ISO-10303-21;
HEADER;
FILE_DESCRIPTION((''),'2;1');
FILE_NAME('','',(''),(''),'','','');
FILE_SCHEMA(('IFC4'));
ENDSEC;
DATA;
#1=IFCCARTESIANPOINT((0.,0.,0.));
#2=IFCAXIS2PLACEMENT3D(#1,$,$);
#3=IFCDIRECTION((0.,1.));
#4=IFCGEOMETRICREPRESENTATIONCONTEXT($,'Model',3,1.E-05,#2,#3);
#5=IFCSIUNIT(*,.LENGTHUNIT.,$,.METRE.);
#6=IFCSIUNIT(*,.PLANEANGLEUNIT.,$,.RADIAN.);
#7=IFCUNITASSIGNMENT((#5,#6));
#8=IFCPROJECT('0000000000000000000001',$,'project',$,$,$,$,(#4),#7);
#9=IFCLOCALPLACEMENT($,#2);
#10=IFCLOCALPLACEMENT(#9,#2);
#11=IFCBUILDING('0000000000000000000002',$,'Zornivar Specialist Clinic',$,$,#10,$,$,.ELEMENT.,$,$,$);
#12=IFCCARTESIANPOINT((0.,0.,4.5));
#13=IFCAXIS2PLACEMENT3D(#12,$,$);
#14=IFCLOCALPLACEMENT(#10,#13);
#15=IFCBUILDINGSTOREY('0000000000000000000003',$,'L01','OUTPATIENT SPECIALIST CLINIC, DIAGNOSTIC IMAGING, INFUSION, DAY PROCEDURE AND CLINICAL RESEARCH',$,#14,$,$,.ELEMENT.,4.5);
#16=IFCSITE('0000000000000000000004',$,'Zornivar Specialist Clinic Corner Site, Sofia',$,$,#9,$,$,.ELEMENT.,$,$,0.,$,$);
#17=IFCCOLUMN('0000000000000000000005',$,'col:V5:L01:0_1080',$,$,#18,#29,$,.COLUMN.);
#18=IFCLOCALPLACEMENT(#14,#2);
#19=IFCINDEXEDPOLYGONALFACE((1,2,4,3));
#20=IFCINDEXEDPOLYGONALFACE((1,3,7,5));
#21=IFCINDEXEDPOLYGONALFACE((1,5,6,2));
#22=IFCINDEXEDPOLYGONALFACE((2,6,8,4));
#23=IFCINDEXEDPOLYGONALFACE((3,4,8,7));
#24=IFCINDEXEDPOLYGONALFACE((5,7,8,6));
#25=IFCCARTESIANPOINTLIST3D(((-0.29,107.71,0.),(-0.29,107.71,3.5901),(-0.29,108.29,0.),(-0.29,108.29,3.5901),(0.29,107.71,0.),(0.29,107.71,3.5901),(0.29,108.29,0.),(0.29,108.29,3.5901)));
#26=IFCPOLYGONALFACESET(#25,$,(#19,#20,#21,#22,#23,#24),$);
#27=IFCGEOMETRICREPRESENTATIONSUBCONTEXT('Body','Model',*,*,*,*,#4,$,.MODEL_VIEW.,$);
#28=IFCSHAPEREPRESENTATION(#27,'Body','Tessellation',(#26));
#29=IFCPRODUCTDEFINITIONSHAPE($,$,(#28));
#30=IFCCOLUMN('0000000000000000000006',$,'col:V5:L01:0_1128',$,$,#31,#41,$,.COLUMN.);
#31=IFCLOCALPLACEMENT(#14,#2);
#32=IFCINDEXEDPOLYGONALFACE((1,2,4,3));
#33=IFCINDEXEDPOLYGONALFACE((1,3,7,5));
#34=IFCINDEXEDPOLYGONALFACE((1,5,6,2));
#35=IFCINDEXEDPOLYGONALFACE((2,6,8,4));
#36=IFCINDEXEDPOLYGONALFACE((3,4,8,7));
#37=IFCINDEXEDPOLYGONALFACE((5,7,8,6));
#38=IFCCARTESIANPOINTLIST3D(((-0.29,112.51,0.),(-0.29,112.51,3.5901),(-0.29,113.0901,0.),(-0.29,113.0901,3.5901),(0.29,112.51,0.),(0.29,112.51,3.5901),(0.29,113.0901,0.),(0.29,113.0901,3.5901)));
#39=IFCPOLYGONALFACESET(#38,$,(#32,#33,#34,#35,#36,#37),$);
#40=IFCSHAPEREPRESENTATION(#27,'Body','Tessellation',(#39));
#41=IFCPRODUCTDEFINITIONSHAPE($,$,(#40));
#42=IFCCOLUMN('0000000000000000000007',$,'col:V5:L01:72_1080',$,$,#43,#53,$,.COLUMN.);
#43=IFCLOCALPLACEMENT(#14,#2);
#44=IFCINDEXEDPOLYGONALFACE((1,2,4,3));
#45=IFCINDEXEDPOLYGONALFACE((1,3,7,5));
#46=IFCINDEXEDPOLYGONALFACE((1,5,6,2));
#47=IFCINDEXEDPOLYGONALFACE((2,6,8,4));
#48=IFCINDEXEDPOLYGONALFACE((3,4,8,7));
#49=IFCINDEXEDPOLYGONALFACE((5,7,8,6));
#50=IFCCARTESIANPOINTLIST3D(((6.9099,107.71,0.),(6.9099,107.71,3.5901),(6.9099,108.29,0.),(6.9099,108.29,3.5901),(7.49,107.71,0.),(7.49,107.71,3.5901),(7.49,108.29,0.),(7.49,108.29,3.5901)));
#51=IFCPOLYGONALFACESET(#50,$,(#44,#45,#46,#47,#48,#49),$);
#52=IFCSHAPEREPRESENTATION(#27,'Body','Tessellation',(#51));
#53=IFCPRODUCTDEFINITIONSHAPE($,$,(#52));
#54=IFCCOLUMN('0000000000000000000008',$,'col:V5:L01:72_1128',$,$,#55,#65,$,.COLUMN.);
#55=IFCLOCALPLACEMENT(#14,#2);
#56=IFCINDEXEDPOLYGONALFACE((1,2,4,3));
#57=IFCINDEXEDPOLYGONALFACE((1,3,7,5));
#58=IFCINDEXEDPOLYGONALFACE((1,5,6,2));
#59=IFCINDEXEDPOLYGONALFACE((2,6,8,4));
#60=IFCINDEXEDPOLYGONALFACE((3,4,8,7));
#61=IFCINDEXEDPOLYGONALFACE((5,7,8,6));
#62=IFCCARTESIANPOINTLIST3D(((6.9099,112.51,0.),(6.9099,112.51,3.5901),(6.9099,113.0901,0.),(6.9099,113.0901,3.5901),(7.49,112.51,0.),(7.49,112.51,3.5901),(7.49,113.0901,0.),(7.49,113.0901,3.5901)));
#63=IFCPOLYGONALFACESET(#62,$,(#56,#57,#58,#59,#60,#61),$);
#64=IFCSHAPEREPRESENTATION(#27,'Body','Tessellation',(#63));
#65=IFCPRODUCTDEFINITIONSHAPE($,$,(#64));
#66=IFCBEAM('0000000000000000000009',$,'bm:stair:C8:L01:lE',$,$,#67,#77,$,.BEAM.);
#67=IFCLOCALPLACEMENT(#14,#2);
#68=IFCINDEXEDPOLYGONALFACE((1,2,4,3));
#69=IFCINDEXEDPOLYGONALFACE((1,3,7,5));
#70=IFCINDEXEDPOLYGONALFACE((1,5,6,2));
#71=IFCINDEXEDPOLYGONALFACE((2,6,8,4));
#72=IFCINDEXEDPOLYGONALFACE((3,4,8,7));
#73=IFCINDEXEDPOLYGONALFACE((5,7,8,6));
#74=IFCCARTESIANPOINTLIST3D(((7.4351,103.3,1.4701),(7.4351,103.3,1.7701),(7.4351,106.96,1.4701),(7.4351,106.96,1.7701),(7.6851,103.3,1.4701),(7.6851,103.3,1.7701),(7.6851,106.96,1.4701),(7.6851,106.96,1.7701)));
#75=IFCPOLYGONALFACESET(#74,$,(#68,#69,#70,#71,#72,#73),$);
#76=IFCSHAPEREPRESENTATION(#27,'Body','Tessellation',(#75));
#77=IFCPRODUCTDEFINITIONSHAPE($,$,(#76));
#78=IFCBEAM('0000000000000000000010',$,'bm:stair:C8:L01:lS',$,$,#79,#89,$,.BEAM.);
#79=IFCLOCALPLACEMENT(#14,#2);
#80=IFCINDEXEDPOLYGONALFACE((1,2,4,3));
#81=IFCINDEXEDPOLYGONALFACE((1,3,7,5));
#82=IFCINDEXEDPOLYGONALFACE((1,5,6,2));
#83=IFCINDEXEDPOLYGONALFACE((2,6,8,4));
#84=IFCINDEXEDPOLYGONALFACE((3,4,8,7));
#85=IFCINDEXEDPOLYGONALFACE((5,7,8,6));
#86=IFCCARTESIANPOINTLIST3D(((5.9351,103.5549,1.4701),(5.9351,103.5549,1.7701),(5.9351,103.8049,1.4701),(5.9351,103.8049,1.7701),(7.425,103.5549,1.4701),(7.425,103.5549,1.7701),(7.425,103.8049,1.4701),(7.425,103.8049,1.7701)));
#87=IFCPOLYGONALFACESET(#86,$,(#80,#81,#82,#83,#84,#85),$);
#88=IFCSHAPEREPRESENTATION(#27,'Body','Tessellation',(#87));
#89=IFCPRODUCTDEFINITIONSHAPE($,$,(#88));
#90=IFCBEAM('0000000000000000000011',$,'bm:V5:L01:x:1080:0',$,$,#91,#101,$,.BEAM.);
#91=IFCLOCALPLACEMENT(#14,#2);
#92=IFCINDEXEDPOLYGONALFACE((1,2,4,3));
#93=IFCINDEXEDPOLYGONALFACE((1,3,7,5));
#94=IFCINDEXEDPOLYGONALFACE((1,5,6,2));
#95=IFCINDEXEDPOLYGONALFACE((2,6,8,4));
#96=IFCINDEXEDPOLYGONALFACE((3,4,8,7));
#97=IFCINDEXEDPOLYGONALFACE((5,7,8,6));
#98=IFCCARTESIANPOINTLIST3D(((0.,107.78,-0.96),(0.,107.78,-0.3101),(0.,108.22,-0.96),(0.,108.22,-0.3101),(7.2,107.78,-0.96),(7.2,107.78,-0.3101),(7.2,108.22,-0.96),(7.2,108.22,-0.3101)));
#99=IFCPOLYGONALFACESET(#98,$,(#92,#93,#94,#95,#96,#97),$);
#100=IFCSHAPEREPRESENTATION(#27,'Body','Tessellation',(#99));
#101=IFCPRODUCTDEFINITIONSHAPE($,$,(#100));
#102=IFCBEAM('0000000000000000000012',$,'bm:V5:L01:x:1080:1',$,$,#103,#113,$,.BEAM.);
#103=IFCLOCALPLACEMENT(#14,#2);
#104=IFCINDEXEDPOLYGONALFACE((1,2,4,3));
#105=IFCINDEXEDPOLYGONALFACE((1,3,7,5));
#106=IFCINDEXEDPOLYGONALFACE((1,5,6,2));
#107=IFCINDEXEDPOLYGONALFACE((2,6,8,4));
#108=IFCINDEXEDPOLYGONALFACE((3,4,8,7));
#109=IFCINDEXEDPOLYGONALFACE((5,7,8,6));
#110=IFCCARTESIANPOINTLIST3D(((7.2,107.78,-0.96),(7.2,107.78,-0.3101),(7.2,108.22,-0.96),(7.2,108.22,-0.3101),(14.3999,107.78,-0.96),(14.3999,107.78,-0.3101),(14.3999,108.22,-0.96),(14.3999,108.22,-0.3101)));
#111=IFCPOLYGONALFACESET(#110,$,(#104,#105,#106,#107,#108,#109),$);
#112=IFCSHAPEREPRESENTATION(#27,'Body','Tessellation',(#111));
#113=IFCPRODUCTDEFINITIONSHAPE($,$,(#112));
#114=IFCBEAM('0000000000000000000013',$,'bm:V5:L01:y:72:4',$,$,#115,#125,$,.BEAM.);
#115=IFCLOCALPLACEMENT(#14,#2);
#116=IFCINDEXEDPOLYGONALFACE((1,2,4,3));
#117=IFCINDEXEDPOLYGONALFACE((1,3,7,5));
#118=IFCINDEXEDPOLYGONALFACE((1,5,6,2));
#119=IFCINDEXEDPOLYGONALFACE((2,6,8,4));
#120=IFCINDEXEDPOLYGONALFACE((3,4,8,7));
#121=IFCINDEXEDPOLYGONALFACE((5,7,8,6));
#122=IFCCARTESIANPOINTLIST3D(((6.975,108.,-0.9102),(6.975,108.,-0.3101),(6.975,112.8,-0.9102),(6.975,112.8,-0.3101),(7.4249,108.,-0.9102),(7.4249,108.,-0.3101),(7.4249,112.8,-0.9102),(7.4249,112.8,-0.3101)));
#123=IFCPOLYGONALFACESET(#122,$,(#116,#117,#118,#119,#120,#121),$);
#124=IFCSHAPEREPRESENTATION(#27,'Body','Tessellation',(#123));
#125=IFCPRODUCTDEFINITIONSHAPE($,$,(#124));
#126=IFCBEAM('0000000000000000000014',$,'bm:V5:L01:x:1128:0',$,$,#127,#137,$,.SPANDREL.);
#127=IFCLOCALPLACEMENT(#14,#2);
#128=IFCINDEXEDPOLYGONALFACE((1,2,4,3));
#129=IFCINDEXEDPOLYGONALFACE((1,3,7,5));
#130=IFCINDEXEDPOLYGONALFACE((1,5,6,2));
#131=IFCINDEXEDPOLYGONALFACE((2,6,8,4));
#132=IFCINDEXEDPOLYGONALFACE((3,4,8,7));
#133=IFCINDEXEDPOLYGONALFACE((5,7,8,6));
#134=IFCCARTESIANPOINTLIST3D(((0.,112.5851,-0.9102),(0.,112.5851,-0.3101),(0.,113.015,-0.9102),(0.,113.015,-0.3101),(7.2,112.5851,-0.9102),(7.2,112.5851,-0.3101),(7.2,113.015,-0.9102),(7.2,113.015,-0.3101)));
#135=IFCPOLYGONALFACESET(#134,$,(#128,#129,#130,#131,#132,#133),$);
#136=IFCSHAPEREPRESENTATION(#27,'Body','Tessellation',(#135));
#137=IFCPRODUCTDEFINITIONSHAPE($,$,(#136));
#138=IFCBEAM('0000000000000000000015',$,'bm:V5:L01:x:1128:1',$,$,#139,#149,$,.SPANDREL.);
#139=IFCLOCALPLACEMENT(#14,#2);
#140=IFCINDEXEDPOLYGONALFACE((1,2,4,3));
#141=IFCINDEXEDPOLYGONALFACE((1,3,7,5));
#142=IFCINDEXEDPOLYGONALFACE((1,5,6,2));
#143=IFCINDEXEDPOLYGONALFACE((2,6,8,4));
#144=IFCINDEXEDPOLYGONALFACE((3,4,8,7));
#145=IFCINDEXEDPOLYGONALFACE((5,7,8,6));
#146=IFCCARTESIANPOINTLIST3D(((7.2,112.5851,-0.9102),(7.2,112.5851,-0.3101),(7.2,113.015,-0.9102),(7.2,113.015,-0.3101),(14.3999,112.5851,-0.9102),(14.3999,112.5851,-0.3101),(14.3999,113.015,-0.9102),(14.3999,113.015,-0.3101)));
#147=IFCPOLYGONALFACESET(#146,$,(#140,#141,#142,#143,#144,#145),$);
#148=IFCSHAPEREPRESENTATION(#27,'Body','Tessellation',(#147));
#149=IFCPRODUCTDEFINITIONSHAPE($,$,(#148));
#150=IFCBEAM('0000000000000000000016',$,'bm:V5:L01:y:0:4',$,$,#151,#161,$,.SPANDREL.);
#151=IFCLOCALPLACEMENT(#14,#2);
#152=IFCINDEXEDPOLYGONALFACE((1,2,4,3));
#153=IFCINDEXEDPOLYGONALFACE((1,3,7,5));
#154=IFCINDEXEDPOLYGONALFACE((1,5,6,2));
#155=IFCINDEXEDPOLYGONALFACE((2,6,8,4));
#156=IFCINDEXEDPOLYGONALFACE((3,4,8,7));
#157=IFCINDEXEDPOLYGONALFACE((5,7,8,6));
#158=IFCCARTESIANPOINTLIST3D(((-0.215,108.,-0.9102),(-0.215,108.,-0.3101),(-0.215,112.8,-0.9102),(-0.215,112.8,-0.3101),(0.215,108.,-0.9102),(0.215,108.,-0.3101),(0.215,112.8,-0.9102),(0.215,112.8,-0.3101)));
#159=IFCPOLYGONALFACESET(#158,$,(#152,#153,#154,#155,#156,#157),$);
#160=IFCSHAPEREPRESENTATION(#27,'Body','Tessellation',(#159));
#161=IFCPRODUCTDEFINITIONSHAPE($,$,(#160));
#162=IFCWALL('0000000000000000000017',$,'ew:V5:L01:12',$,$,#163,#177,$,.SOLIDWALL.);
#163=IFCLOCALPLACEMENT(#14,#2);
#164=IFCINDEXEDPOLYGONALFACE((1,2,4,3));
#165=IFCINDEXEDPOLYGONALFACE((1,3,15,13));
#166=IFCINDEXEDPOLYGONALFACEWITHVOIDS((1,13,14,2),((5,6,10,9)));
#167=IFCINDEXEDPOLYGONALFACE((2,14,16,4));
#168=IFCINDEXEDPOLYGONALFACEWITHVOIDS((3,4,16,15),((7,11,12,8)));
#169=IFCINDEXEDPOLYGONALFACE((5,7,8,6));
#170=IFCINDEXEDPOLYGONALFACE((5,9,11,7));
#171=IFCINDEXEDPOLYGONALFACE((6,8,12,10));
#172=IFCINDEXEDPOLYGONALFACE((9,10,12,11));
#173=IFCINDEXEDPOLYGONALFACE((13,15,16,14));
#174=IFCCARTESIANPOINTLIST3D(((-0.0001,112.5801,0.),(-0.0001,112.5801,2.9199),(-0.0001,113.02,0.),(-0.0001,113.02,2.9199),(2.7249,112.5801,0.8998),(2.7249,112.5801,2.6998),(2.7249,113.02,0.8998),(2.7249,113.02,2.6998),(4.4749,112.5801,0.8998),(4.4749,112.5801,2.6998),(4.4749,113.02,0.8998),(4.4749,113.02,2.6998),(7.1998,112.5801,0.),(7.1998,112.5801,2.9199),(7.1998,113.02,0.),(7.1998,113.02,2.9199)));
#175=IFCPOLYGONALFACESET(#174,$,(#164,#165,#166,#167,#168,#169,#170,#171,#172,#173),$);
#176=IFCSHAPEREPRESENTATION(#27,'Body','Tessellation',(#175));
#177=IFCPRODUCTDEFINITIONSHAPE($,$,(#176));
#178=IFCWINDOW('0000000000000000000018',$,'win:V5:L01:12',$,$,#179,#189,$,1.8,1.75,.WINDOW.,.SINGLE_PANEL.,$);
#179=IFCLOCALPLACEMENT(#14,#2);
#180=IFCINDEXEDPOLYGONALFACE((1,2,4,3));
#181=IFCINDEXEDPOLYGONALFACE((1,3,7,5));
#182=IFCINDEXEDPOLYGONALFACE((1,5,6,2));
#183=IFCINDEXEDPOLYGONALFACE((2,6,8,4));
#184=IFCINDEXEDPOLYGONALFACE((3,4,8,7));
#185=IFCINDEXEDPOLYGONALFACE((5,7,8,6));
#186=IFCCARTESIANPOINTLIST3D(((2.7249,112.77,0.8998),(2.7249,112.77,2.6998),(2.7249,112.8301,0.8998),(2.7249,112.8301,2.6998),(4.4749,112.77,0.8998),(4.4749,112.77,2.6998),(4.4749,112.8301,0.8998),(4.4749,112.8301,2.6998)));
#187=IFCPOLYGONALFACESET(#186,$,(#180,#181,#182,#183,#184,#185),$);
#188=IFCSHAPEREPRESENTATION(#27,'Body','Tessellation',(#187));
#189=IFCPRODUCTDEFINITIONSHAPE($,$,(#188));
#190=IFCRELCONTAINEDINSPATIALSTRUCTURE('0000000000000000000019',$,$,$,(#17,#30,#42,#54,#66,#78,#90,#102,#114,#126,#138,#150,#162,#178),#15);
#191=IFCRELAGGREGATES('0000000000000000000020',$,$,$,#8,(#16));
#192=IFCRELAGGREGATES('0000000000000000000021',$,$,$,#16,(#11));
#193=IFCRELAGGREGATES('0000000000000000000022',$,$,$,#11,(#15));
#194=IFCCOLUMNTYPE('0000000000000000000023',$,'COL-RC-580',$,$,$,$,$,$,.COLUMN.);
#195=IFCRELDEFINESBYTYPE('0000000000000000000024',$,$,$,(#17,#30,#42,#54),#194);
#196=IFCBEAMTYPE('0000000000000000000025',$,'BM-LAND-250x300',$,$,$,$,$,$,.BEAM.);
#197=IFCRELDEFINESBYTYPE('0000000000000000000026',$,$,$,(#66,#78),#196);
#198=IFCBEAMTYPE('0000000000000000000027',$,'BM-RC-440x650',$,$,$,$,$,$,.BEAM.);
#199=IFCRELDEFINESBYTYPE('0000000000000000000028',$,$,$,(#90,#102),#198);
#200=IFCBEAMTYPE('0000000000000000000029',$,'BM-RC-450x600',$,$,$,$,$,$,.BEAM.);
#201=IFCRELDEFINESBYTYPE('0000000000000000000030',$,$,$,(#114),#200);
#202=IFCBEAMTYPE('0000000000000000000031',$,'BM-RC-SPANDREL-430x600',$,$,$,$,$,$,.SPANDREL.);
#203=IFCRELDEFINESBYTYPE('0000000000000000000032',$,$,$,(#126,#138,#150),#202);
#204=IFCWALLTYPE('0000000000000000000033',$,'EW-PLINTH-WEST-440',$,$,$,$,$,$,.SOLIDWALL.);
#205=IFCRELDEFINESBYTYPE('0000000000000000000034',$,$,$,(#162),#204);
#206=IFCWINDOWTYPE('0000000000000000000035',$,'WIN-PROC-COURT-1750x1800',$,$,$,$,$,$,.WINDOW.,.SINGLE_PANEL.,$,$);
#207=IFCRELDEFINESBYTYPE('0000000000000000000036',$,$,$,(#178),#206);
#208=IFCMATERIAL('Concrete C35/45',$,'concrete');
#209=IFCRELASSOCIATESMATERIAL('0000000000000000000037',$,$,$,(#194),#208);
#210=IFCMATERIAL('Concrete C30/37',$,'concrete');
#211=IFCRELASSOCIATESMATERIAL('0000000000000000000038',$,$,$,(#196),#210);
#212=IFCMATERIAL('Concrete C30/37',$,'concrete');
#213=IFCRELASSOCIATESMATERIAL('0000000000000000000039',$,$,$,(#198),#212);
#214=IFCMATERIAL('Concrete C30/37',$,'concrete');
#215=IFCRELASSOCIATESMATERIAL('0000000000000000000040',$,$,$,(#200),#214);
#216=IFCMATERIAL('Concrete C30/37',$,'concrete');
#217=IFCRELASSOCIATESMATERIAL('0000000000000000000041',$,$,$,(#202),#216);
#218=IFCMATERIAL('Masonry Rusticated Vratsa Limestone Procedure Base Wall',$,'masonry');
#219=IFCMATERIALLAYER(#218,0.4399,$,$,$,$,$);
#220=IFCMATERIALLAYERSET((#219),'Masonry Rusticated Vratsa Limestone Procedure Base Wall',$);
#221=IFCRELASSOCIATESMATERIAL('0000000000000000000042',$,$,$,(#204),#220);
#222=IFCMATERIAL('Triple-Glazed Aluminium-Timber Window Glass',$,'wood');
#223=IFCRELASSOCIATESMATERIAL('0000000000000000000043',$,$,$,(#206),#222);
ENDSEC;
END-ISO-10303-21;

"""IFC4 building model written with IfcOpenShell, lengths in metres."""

from ifc_helpers import new_model, si_unit, direction, frame, frame_2d, origin, origin_2d, place, context, subcontext, project, spatial, rectangle, extrude, material, layer, layer_set, material_profile, profile_set, type_object, element, fill, save


model = new_model("IFC4")

# Units and contexts
model_context = context("Model", 3, precision=1e-05, world=origin(), true_north=direction((0.0, 1.0)))
body_context = subcontext(model_context, "Body", "Model", "MODEL_VIEW")
ifc_project = project(units=[si_unit("LENGTHUNIT", "METRE"), si_unit("PLANEANGLEUNIT", "RADIAN")], contexts=[model_context])

# Site, building, storey
site_placement = place(None, origin())
site = spatial("IfcSite", under=ifc_project, at=site_placement, Name="Zornivar Specialist Clinic Corner Site, Sofia", CompositionType="ELEMENT", RefElevation=0.0)
building_placement = place(site_placement, origin())
building = spatial("IfcBuilding", under=site, at=building_placement, Name="Zornivar Specialist Clinic", CompositionType="ELEMENT")
storey_placement = place(building_placement, frame((0.0, 0.0, 4.5)))
storey = spatial("IfcBuildingStorey", under=building, at=storey_placement, Name="L01", Description="OUTPATIENT SPECIALIST CLINIC, DIAGNOSTIC IMAGING, INFUSION, DAY PROCEDURE AND CLINICAL RESEARCH", CompositionType="ELEMENT", Elevation=4.5)

# Columns
ifc_material_1 = material(Name="Concrete C35/45", Category="concrete")
ifc_material_profile_1 = material_profile(ifc_material_1, rectangle(XDim=0.5801, YDim=0.5801, at=origin_2d()), Name="RC 580x580")
ifc_profile_set_1 = profile_set([ifc_material_profile_1], Name="Concrete C35/45")
column_type = type_object("IfcColumnType", Name="COL-RC-580", PredefinedType="COLUMN", material=ifc_profile_set_1)
for number, where, z_axis, x_axis, name in (
    (1, (0.0, 108.0, 0.0), (0.0, 0.0, 1.0), (1.0, 0.0, 0.0), "col:V5:L01:0_1080"),
    (2, (0.0, 112.8, 0.0), (0.0, 0.0, 1.0), (1.0, 0.0, 0.0), "col:V5:L01:0_1128"),
    (3, (7.2, 108.0, 0.0), (0.0, 0.0, 1.0), (1.0, 0.0, 0.0), "col:V5:L01:72_1080"),
    (4, (7.2, 112.8, 0.0), (0.0, 0.0, 1.0), (1.0, 0.0, 0.0), "col:V5:L01:72_1128"),
):
    element("IfcColumn", number, at=place(storey_placement, frame(where, z_axis=z_axis, x_axis=x_axis)), inside=storey, type_object=column_type, Name=name, PredefinedType="COLUMN", context=body_context, shape_type="SweptSolid", body=[
        extrude(rectangle(XDim=0.5801, YDim=0.5801, at=origin_2d()), origin(), (0.0, 0.0, 1.0), 3.5901),
    ])

# Beams
ifc_material_2 = material(Name="Concrete C30/37", Category="concrete")
ifc_material_profile_2 = material_profile(ifc_material_2, rectangle(XDim=0.25, YDim=0.3, at=origin_2d()), Name="RC 250x300")
ifc_profile_set_2 = profile_set([ifc_material_profile_2], Name="Concrete C30/37")
beam_type_1 = type_object("IfcBeamType", Name="BM-LAND-250x300", PredefinedType="BEAM", material=ifc_profile_set_2)
beam_1_placement = place(storey_placement, frame((7.5601, 103.3, 1.6201), z_axis=(0.0, 1.0, 0.0), x_axis=(-1.0, 0.0, 0.0)))
element("IfcBeam", 5, at=beam_1_placement, inside=storey, type_object=beam_type_1, Name="bm:stair:C8:L01:lE", PredefinedType="BEAM", context=body_context, shape_type="SweptSolid", body=[
    extrude(rectangle(XDim=0.25, YDim=0.3, at=origin_2d()), origin(), (0.0, 0.0, 1.0), 3.6599),
])
beam_2_placement = place(storey_placement, frame((5.9351, 103.6799, 1.6201), z_axis=(1.0, 0.0, 0.0), x_axis=(0.0, 1.0, 0.0)))
element("IfcBeam", 6, at=beam_2_placement, inside=storey, type_object=beam_type_1, Name="bm:stair:C8:L01:lS", PredefinedType="BEAM", context=body_context, shape_type="SweptSolid", body=[
    extrude(rectangle(XDim=0.25, YDim=0.3, at=origin_2d()), origin(), (0.0, 0.0, 1.0), 1.49),
])
ifc_material_3 = material(Name="Concrete C30/37", Category="concrete")
ifc_material_profile_3 = material_profile(ifc_material_3, rectangle(XDim=0.4399, YDim=0.6499, at=origin_2d()), Name="RC 440x650")
ifc_profile_set_3 = profile_set([ifc_material_profile_3], Name="Concrete C30/37")
beam_type_2 = type_object("IfcBeamType", Name="BM-RC-440x650", PredefinedType="BEAM", material=ifc_profile_set_3)
for number, where, z_axis, x_axis, name in (
    (7, (0.0, 108.0, -0.635), (1.0, 0.0, 0.0), (0.0, 1.0, 0.0), "bm:V5:L01:x:1080:0"),
    (8, (7.2, 108.0, -0.635), (1.0, 0.0, 0.0), (0.0, 1.0, 0.0), "bm:V5:L01:x:1080:1"),
):
    element("IfcBeam", number, at=place(storey_placement, frame(where, z_axis=z_axis, x_axis=x_axis)), inside=storey, type_object=beam_type_2, Name=name, PredefinedType="BEAM", context=body_context, shape_type="SweptSolid", body=[
        extrude(rectangle(XDim=0.4399, YDim=0.6499, at=origin_2d()), origin(), (0.0, 0.0, 1.0), 7.2),
    ])
ifc_material_4 = material(Name="Concrete C30/37", Category="concrete")
ifc_material_profile_4 = material_profile(ifc_material_4, rectangle(XDim=0.45, YDim=0.6001, at=origin_2d()), Name="RC 450x600")
ifc_profile_set_4 = profile_set([ifc_material_profile_4], Name="Concrete C30/37")
beam_type_3 = type_object("IfcBeamType", Name="BM-RC-450x600", PredefinedType="BEAM", material=ifc_profile_set_4)
beam_3_placement = place(storey_placement, frame((7.2, 108.0, -0.6101), z_axis=(0.0, 1.0, 0.0), x_axis=(-1.0, 0.0, 0.0)))
element("IfcBeam", 9, at=beam_3_placement, inside=storey, type_object=beam_type_3, Name="bm:V5:L01:y:72:4", PredefinedType="BEAM", context=body_context, shape_type="SweptSolid", body=[
    extrude(rectangle(XDim=0.45, YDim=0.6001, at=origin_2d()), origin(), (0.0, 0.0, 1.0), 4.8),
])
ifc_material_5 = material(Name="Concrete C30/37", Category="concrete")
ifc_material_profile_5 = material_profile(ifc_material_5, rectangle(XDim=0.4299, YDim=0.6001, at=origin_2d()), Name="RC 430x600")
ifc_profile_set_5 = profile_set([ifc_material_profile_5], Name="Concrete C30/37")
beam_type_4 = type_object("IfcBeamType", Name="BM-RC-SPANDREL-430x600", PredefinedType="SPANDREL", material=ifc_profile_set_5)
for number, where, z_axis, x_axis, name in (
    (10, (0.0, 112.8, -0.6101), (1.0, 0.0, 0.0), (0.0, 1.0, 0.0), "bm:V5:L01:x:1128:0"),
    (11, (7.2, 112.8, -0.6101), (1.0, 0.0, 0.0), (0.0, 1.0, 0.0), "bm:V5:L01:x:1128:1"),
):
    element("IfcBeam", number, at=place(storey_placement, frame(where, z_axis=z_axis, x_axis=x_axis)), inside=storey, type_object=beam_type_4, Name=name, PredefinedType="SPANDREL", context=body_context, shape_type="SweptSolid", body=[
        extrude(rectangle(XDim=0.4299, YDim=0.6001, at=origin_2d()), origin(), (0.0, 0.0, 1.0), 7.2),
    ])
beam_4_placement = place(storey_placement, frame((0.0, 108.0, -0.6101), z_axis=(0.0, 1.0, 0.0), x_axis=(-1.0, 0.0, 0.0)))
element("IfcBeam", 12, at=beam_4_placement, inside=storey, type_object=beam_type_4, Name="bm:V5:L01:y:0:4", PredefinedType="SPANDREL", context=body_context, shape_type="SweptSolid", body=[
    extrude(rectangle(XDim=0.4299, YDim=0.6001, at=origin_2d()), origin(), (0.0, 0.0, 1.0), 4.8),
])

# Wall, opening, window
ifc_material_6 = material(Name="Masonry Rusticated Vratsa Limestone Procedure Base Wall", Category="masonry")
ifc_layer_1 = layer(ifc_material_6, 0.4399)
ifc_layer_set_1 = layer_set([ifc_layer_1], Name="Masonry Rusticated Vratsa Limestone Procedure Base Wall")
wall_type_1 = type_object("IfcWallType", Name="EW-PLINTH-WEST-440", PredefinedType="SOLIDWALL", material=ifc_layer_set_1)
wall_1_placement = place(storey_placement, frame((7.2, 112.8, 0.0), z_axis=(0.0, 0.0, 1.0), x_axis=(-1.0, 0.0, 0.0)))
wall_1 = element("IfcWall", 13, at=wall_1_placement, inside=storey, type_object=wall_type_1, Name="ew:V5:L01:12", PredefinedType="SOLIDWALL", context=body_context, shape_type="SweptSolid", body=[
    extrude(rectangle(XDim=7.2, YDim=0.4399, at=frame_2d((3.6001, 0.0))), origin(), (0.0, 0.0, 1.0), 2.9199),
])
opening_1_placement = place(wall_1_placement, frame((2.7251, 0.0, 0.8999)))
opening_1 = element("IfcOpeningElement", 14, at=opening_1_placement, cuts=wall_1, PredefinedType="OPENING", context=body_context, shape_type="SweptSolid", body=[
    extrude(rectangle(XDim=1.75, YDim=1.8, at=frame_2d((0.875, 0.8999))), frame((0.0, 0.23, 0.0), z_axis=(0.0, -1.0, 0.0), x_axis=(1.0, 0.0, 0.0)), (0.0, 0.0, 1.0), 0.46),
])
ifc_material_7 = material(Name="Triple-Glazed Aluminium-Timber Window Glass", Category="wood")
window_type_1 = type_object("IfcWindowType", Name="WIN-PROC-COURT-1750x1800", PartitioningType="SINGLE_PANEL", PredefinedType="WINDOW", material=ifc_material_7)
window_1_placement = place(opening_1_placement, origin())
window_1 = element("IfcWindow", 15, at=window_1_placement, inside=storey, type_object=window_type_1, Name="win:V5:L01:12", OverallHeight=1.8, OverallWidth=1.75, PartitioningType="SINGLE_PANEL", PredefinedType="WINDOW", context=body_context, shape_type="SweptSolid", body=[
    extrude(rectangle(XDim=1.75, YDim=1.8, at=frame_2d((0.875, 0.8999))), frame((0.0, 0.03, 0.0), z_axis=(0.0, -1.0, 0.0), x_axis=(1.0, 0.0, 0.0)), (0.0, 0.0, 1.0), 0.0601),
])
fill(opening_1, window_1)

save(model, "model.ifc")
